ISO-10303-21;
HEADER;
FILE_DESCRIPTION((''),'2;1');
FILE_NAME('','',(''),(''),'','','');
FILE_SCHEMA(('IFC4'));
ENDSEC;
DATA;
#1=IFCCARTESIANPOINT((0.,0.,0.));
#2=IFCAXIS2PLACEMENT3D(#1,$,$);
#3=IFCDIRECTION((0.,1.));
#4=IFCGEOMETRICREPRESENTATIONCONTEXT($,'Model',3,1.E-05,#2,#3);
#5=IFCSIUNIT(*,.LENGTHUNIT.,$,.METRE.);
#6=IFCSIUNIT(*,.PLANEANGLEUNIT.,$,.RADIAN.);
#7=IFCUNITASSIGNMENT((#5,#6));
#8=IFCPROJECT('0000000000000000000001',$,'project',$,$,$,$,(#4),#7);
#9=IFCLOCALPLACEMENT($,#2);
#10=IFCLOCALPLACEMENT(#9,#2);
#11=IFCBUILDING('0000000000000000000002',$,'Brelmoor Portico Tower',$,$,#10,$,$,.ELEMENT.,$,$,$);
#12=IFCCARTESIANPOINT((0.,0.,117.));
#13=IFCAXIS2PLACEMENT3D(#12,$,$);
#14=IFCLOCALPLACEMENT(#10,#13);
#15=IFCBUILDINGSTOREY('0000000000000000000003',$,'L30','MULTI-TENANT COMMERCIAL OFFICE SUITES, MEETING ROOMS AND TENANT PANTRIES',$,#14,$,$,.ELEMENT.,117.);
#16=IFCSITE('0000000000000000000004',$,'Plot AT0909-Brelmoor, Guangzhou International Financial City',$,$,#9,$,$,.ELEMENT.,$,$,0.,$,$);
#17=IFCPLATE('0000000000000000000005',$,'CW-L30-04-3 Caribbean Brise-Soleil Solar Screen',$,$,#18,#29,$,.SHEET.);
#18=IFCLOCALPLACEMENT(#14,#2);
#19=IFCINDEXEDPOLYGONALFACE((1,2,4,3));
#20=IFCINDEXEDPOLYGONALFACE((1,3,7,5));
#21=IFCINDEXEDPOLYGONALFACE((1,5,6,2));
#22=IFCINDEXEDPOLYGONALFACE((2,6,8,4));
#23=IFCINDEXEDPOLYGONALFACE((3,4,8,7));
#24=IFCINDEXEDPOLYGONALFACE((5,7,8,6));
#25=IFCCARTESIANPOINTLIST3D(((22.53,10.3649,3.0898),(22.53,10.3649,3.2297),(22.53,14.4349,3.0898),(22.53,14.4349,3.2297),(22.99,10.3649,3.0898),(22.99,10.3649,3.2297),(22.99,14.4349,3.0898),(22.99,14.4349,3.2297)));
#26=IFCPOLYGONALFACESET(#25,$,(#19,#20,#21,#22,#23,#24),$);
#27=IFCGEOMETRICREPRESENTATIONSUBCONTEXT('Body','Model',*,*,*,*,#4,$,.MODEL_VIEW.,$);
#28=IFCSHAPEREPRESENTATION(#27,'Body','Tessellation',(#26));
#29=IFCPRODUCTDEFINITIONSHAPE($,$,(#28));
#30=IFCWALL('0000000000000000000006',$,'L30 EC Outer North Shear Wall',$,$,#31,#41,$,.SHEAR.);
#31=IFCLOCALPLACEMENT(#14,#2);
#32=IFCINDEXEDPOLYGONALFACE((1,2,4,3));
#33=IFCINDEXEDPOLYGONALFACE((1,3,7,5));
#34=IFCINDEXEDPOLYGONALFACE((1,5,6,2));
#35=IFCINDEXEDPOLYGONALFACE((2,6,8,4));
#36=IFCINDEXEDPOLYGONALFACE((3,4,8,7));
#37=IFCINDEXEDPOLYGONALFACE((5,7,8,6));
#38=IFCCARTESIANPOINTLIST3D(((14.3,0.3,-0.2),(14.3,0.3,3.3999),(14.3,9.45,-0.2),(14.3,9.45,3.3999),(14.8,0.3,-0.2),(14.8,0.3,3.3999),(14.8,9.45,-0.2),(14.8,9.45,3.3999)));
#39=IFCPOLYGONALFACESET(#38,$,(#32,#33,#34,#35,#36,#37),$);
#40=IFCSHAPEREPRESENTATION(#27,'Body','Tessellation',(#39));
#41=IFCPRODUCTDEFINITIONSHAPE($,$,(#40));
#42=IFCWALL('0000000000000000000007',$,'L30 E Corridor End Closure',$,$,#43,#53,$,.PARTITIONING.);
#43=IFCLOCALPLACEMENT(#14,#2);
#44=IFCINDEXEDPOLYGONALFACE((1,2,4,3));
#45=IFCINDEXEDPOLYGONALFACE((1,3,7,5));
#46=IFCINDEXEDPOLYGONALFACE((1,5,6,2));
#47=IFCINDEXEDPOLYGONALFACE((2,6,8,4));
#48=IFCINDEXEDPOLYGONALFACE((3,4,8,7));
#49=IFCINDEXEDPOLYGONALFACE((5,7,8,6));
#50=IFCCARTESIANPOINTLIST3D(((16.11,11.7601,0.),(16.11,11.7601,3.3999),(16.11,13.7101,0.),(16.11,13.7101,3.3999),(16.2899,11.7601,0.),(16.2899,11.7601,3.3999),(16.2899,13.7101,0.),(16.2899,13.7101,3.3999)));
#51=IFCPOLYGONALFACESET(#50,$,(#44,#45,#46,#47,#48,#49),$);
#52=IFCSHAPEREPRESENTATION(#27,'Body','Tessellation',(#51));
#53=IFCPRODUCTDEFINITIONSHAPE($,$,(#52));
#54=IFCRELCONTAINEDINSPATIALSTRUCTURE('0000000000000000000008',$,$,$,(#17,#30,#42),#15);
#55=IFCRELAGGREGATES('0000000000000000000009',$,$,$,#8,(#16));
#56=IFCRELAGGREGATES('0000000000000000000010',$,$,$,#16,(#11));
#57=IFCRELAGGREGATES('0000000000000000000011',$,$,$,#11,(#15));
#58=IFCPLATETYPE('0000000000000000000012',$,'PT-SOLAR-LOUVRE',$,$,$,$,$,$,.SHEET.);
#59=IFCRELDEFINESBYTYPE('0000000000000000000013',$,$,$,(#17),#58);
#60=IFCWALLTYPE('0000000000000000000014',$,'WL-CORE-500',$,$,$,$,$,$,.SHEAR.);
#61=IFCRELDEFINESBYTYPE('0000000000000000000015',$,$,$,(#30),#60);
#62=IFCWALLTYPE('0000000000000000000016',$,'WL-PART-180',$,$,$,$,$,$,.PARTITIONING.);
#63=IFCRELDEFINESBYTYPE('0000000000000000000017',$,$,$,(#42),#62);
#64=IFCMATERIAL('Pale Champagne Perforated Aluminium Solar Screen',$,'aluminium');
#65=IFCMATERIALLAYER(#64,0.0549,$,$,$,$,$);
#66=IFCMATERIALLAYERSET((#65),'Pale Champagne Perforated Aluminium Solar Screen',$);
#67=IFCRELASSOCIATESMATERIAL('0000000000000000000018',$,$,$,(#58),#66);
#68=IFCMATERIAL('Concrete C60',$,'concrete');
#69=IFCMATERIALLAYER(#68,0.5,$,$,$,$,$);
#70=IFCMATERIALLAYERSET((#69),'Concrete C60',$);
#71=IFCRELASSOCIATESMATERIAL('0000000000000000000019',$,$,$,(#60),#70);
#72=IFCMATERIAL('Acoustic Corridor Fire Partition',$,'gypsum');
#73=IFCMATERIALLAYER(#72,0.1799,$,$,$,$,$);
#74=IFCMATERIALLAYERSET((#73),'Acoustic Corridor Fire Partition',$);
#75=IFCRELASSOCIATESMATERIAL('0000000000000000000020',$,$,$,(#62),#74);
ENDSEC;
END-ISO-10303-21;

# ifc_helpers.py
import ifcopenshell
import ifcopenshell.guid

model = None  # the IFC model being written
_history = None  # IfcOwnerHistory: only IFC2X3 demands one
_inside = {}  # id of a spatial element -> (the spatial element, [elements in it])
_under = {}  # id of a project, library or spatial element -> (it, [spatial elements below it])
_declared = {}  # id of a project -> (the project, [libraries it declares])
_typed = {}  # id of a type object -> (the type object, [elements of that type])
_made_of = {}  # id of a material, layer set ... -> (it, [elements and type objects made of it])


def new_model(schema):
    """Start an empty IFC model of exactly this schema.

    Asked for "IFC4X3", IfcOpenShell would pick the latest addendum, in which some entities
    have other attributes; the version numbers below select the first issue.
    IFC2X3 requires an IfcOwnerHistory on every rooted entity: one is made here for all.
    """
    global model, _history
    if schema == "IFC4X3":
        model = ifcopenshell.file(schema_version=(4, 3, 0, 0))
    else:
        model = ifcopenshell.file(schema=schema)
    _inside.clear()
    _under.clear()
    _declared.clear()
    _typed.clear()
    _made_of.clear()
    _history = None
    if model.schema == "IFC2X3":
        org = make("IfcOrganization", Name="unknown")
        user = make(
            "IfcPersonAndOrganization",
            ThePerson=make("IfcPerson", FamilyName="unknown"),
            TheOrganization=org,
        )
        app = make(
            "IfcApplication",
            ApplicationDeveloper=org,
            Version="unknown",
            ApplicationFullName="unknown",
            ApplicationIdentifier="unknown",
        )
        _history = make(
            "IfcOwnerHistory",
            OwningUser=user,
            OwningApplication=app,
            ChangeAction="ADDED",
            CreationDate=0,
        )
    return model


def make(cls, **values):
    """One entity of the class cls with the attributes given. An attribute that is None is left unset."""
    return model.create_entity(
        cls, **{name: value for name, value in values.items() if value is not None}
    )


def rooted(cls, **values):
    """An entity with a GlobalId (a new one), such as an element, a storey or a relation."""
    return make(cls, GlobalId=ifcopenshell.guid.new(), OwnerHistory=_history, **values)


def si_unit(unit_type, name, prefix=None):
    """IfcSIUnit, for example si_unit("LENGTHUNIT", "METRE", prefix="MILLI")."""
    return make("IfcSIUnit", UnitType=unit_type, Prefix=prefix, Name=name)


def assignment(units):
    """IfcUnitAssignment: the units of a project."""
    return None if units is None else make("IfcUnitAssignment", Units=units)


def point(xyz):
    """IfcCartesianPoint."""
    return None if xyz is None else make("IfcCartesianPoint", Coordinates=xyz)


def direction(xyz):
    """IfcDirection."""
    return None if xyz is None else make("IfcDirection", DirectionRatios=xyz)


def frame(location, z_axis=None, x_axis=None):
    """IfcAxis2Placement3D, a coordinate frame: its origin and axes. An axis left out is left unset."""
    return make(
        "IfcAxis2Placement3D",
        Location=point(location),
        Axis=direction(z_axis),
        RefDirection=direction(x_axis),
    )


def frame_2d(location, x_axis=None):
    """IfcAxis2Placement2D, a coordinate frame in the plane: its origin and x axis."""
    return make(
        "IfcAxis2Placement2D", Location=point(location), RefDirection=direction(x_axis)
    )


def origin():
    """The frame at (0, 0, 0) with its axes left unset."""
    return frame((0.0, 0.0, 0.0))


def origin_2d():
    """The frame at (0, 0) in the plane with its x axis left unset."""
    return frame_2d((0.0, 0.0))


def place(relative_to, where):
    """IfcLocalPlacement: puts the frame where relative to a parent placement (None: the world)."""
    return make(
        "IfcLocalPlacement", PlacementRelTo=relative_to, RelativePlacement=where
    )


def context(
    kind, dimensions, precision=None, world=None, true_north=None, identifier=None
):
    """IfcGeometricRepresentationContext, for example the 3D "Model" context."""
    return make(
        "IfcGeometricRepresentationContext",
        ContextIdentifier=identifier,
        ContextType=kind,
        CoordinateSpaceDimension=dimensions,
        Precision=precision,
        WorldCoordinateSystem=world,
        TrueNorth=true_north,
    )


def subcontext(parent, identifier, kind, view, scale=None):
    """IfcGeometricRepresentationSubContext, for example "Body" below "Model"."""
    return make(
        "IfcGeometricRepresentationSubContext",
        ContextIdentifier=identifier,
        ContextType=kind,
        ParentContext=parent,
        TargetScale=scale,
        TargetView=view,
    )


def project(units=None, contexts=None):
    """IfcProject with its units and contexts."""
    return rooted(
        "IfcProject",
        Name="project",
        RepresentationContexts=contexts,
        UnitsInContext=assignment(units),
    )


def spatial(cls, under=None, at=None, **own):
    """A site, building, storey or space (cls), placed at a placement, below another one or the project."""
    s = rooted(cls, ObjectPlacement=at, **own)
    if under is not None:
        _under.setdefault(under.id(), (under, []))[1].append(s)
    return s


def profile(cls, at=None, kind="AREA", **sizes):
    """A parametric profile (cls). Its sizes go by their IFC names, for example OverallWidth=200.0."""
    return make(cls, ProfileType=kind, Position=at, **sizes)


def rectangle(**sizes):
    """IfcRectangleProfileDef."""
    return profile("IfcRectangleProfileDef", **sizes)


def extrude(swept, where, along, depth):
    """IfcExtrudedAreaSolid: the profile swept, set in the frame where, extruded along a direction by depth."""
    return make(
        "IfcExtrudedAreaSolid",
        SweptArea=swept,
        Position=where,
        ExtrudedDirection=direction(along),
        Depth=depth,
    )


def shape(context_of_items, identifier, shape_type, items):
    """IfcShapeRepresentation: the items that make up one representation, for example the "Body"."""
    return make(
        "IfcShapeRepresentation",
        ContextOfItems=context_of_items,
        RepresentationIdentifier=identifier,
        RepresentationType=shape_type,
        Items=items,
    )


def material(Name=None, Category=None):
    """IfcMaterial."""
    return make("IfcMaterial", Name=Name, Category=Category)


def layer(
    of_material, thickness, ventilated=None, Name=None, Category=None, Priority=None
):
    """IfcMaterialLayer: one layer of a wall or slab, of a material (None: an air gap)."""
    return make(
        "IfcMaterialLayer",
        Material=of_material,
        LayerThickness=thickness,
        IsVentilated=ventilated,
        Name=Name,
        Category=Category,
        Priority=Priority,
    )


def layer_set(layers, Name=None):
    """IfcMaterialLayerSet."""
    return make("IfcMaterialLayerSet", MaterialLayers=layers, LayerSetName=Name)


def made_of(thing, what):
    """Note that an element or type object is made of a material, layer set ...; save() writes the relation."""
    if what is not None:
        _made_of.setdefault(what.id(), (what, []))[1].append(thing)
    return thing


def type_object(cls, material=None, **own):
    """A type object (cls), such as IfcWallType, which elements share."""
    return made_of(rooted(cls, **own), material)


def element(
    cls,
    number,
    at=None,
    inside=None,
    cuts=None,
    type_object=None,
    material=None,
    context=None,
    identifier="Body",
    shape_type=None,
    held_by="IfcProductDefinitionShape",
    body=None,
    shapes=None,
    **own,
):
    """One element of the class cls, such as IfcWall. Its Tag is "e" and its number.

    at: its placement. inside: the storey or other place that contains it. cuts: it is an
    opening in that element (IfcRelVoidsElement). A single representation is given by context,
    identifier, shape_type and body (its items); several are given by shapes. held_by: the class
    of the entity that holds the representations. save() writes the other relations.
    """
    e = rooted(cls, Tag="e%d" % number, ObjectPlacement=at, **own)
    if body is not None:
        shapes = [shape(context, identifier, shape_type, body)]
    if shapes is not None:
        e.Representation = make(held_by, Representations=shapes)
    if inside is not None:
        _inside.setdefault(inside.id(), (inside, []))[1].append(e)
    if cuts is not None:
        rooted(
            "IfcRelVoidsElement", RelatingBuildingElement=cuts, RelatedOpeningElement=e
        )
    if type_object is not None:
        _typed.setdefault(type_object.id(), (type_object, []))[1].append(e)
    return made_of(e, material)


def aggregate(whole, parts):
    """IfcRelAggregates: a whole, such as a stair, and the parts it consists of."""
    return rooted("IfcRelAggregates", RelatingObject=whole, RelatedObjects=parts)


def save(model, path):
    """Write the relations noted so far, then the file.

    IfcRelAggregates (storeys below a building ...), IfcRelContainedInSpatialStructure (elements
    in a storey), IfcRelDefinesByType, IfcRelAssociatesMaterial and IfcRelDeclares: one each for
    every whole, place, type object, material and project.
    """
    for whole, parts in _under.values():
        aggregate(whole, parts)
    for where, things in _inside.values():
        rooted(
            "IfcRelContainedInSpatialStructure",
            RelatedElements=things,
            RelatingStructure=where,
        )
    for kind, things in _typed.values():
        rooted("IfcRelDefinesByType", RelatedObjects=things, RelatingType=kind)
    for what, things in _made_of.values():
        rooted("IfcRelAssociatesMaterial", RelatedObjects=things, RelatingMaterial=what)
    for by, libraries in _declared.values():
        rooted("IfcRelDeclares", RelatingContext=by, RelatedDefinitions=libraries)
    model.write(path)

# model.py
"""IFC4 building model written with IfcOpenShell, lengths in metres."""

from ifc_helpers import new_model, si_unit, direction, frame, frame_2d, origin, origin_2d, place, context, subcontext, project, spatial, rectangle, extrude, material, layer, layer_set, type_object, element, save


model = new_model("IFC4")

# Units and contexts
model_context = context("Model", 3, precision=1e-05, world=origin(), true_north=direction((0.0, 1.0)))
body_context = subcontext(model_context, "Body", "Model", "MODEL_VIEW")
ifc_project = project(units=[si_unit("LENGTHUNIT", "METRE"), si_unit("PLANEANGLEUNIT", "RADIAN")], contexts=[model_context])

# Site, building, storey
site_placement = place(None, origin())
site = spatial("IfcSite", under=ifc_project, at=site_placement, Name="Plot AT0909-Brelmoor, Guangzhou International Financial City", CompositionType="ELEMENT", RefElevation=0.0)
building_placement = place(site_placement, origin())
building = spatial("IfcBuilding", under=site, at=building_placement, Name="Brelmoor Portico Tower", CompositionType="ELEMENT")
storey_placement = place(building_placement, frame((0.0, 0.0, 117.0)))
storey = spatial("IfcBuildingStorey", under=building, at=storey_placement, Name="L30", Description="MULTI-TENANT COMMERCIAL OFFICE SUITES, MEETING ROOMS AND TENANT PANTRIES", CompositionType="ELEMENT", Elevation=117.0)

# Plate
ifc_material_1 = material(Name="Pale Champagne Perforated Aluminium Solar Screen", Category="aluminium")
ifc_layer_1 = layer(ifc_material_1, 0.0549)
ifc_layer_set_1 = layer_set([ifc_layer_1], Name="Pale Champagne Perforated Aluminium Solar Screen")
plate_type_1 = type_object("IfcPlateType", Name="PT-SOLAR-LOUVRE", PredefinedType="SHEET", material=ifc_layer_set_1)
plate_1_placement = place(storey_placement, frame((22.76, 12.3999, 3.0898), z_axis=(0.0, 0.0, 1.0), x_axis=(0.0, 1.0, 0.0)))
element("IfcPlate", 1, at=plate_1_placement, inside=storey, type_object=plate_type_1, Name="CW-L30-04-3 Caribbean Brise-Soleil Solar Screen", PredefinedType="SHEET", context=body_context, shape_type="SweptSolid", body=[
    extrude(rectangle(XDim=4.0701, YDim=0.46, at=origin_2d()), origin(), (0.0, 0.0, 1.0), 0.1399),
])

# Wall
ifc_material_2 = material(Name="Concrete C60", Category="concrete")
ifc_layer_2 = layer(ifc_material_2, 0.5)
ifc_layer_set_2 = layer_set([ifc_layer_2], Name="Concrete C60")
wall_type_1 = type_object("IfcWallType", Name="WL-CORE-500", PredefinedType="SHEAR", material=ifc_layer_set_2)
wall_1_placement = place(storey_placement, frame((14.55, 0.3, -0.2), z_axis=(0.0, 0.0, 1.0), x_axis=(0.0, 1.0, 0.0)))
element("IfcWall", 2, at=wall_1_placement, inside=storey, type_object=wall_type_1, Name="L30 EC Outer North Shear Wall", PredefinedType="SHEAR", context=body_context, shape_type="SweptSolid", body=[
    extrude(rectangle(XDim=9.1499, YDim=0.5, at=frame_2d((4.575, 0.0))), origin(), (0.0, 0.0, 1.0), 3.5999),
])

# Shared definitions
ifc_material_3 = material(Name="Acoustic Corridor Fire Partition", Category="gypsum")
ifc_layer_3 = layer(ifc_material_3, 0.1799)
ifc_layer_set_3 = layer_set([ifc_layer_3], Name="Acoustic Corridor Fire Partition")
wall_type_2 = type_object("IfcWallType", Name="WL-PART-180", PredefinedType="PARTITIONING", material=ifc_layer_set_3)

# Wall
wall_2_placement = place(storey_placement, frame((16.2, 11.76, 0.0), z_axis=(0.0, 0.0, 1.0), x_axis=(0.0, 1.0, 0.0)))
element("IfcWall", 3, at=wall_2_placement, inside=storey, type_object=wall_type_2, Name="L30 E Corridor End Closure", PredefinedType="PARTITIONING", context=body_context, shape_type="SweptSolid", body=[
    extrude(rectangle(XDim=1.95, YDim=0.1799, at=frame_2d((0.9751, 0.0))), origin(), (0.0, 0.0, 1.0), 3.3999),
])

save(model, "model.ifc")
